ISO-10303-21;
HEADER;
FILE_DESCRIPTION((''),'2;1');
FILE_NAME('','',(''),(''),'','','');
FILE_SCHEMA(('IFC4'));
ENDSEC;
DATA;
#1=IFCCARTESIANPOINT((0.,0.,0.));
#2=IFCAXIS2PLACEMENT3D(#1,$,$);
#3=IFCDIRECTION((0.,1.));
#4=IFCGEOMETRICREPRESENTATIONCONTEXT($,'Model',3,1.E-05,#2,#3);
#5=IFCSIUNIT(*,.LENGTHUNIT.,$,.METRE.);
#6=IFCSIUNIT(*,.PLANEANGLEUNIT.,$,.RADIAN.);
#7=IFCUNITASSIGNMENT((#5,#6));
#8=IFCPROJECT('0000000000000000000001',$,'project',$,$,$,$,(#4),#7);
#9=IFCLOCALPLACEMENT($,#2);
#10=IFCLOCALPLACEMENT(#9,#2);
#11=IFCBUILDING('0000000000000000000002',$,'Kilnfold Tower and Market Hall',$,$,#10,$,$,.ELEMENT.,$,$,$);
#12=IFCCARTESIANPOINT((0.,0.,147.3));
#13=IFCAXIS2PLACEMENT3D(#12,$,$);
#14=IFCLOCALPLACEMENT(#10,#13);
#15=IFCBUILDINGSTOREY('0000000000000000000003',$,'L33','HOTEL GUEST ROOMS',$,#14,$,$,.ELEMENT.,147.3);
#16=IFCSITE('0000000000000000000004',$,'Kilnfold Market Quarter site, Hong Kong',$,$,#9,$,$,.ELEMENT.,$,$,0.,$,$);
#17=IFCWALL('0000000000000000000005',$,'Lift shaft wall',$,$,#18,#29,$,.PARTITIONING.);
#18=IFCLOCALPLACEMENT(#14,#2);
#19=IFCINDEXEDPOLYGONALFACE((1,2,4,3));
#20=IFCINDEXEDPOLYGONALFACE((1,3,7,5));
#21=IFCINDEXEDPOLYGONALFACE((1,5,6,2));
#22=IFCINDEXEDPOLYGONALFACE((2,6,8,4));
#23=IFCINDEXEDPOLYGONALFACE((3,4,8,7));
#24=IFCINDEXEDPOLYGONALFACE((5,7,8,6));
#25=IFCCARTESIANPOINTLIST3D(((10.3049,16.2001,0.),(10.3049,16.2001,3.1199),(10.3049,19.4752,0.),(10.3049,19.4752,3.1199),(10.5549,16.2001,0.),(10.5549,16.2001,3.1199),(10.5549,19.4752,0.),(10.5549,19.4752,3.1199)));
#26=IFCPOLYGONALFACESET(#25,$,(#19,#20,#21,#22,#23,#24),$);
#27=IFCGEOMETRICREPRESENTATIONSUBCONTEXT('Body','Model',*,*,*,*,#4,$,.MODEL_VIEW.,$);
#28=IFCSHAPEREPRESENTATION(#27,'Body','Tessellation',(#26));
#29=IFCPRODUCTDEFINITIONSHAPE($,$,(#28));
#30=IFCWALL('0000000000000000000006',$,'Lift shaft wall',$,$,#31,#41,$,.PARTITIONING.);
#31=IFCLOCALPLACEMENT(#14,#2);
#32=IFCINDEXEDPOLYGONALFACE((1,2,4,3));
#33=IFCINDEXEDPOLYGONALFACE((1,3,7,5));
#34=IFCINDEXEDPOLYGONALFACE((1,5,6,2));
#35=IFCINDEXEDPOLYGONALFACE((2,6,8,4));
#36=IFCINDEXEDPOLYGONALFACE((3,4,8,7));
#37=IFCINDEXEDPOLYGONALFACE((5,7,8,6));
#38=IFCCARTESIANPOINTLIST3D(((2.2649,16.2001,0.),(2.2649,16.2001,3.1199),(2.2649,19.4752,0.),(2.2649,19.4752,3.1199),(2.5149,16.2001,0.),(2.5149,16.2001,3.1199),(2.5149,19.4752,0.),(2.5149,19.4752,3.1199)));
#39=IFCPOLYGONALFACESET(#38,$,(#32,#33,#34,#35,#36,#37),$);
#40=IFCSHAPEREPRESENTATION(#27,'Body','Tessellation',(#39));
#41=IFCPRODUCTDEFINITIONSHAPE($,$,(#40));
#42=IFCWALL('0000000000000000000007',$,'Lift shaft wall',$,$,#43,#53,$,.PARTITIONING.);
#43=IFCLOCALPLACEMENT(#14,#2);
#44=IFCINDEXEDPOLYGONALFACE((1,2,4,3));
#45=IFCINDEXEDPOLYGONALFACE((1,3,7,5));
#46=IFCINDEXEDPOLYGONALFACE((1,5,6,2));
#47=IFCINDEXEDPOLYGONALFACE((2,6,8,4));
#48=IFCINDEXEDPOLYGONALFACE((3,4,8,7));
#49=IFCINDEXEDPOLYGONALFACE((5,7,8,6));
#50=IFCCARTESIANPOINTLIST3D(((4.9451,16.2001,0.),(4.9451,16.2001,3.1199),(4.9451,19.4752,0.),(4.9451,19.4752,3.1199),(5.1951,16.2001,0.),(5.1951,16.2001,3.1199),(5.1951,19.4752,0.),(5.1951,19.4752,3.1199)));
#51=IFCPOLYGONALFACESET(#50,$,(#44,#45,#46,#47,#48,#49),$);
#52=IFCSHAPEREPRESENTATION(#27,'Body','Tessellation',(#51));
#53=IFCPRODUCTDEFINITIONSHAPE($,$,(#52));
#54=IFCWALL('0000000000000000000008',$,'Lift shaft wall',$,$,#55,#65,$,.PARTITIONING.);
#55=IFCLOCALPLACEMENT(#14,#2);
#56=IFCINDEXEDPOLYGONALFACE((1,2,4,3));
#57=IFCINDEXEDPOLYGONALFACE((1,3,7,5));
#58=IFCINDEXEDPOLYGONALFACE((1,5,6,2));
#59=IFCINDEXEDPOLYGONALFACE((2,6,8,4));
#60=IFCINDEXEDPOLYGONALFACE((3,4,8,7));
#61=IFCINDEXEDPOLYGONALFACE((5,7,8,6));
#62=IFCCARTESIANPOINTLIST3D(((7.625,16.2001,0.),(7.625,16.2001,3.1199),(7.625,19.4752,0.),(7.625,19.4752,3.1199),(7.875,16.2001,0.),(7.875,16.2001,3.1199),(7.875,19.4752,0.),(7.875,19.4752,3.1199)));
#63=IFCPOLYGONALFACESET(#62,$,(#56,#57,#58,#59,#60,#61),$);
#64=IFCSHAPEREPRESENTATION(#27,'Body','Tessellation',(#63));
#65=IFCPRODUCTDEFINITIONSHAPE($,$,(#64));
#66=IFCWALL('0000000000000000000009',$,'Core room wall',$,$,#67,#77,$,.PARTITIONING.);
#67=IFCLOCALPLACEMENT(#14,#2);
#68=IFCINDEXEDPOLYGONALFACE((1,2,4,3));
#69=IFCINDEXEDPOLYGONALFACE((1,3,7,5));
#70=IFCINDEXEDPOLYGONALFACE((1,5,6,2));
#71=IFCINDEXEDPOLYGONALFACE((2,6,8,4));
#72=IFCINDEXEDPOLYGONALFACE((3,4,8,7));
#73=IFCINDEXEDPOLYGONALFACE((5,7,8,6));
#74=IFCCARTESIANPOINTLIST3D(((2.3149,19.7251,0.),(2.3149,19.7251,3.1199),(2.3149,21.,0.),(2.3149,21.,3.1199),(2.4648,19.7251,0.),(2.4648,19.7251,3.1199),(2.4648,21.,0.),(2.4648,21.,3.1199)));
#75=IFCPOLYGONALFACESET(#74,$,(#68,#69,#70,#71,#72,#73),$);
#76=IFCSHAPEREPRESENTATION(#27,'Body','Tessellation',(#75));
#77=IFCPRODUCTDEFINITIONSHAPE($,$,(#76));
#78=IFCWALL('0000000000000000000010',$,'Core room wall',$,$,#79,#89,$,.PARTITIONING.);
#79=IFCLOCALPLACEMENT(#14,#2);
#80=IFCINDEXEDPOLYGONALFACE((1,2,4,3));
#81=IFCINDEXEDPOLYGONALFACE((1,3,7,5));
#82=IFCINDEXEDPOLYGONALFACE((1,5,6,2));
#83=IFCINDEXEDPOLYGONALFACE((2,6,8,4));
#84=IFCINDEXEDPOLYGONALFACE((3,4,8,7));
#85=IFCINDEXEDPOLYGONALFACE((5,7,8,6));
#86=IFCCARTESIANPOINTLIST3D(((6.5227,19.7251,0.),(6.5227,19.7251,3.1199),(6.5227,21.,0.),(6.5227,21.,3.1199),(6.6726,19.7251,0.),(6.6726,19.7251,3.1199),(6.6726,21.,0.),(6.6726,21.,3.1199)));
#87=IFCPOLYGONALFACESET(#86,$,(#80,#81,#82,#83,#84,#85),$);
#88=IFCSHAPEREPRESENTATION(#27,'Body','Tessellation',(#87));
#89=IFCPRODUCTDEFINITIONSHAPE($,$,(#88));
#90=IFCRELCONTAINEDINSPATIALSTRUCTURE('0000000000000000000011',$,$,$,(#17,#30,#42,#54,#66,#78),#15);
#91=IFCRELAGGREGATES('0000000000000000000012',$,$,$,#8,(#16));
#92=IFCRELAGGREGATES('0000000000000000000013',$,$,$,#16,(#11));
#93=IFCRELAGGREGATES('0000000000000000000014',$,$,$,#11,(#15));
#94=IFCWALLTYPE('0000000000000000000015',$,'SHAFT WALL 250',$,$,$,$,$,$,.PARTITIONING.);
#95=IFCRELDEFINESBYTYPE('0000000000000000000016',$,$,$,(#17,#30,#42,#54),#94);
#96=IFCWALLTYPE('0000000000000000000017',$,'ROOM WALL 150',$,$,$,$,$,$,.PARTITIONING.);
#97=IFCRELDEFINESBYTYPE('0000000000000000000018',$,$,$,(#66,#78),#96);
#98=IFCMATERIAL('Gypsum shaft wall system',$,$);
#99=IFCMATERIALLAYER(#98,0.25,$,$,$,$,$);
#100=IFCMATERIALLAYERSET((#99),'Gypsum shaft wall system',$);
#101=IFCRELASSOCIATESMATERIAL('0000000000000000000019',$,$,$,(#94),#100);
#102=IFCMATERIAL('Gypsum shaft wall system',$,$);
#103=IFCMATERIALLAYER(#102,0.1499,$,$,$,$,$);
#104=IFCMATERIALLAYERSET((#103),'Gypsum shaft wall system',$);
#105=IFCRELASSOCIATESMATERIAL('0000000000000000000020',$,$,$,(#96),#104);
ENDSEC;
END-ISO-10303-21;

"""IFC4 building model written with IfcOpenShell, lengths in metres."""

from ifc_helpers import new_model, si_unit, direction, frame, frame_2d, origin, place, context, subcontext, project, spatial, rectangle, extrude, source, transform, mapped, material, layer, layer_set, type_object, element, save


model = new_model("IFC4")

# Units and contexts
model_context = context("Model", 3, precision=1e-05, world=origin(), true_north=direction((0.0, 1.0)))
body_context = subcontext(model_context, "Body", "Model", "MODEL_VIEW")
ifc_project = project(units=[si_unit("LENGTHUNIT", "METRE"), si_unit("PLANEANGLEUNIT", "RADIAN")], contexts=[model_context])

# Site, building, storey
site_placement = place(None, origin())
site = spatial("IfcSite", under=ifc_project, at=site_placement, Name="Kilnfold Market Quarter site, Hong Kong", CompositionType="ELEMENT", RefElevation=0.0)
building_placement = place(site_placement, origin())
building = spatial("IfcBuilding", under=site, at=building_placement, Name="Kilnfold Tower and Market Hall", CompositionType="ELEMENT")
storey_placement = place(building_placement, frame((0.0, 0.0, 147.3)))
storey = spatial("IfcBuildingStorey", under=building, at=storey_placement, Name="L33", Description="HOTEL GUEST ROOMS", CompositionType="ELEMENT", Elevation=147.3)

# Walls
ifc_material_1 = material(Name="Gypsum shaft wall system")
ifc_layer_1 = layer(ifc_material_1, 0.25)
ifc_layer_set_1 = layer_set([ifc_layer_1], Name="Gypsum shaft wall system")
wall_type_1 = type_object("IfcWallType", Name="SHAFT WALL 250", PredefinedType="PARTITIONING", material=ifc_layer_set_1)
shared_shape_1 = source(origin(), body_context, "Body", "SweptSolid", [
    extrude(rectangle(XDim=3.2751, YDim=0.25, at=frame_2d((1.6377, 0.0))), origin(), (0.0, 0.0, 1.0), 3.1199),
])
for number, where, z_axis, x_axis, name in (
    (1, (10.4299, 16.2, 0.0), (0.0, 0.0, 1.0), (0.0, 1.0, 0.0), "Lift shaft wall"),
    (2, (2.3899, 16.2, 0.0), (0.0, 0.0, 1.0), (0.0, 1.0, 0.0), "Lift shaft wall"),
    (3, (5.0701, 16.2, 0.0), (0.0, 0.0, 1.0), (0.0, 1.0, 0.0), "Lift shaft wall"),
    (4, (7.75, 16.2, 0.0), (0.0, 0.0, 1.0), (0.0, 1.0, 0.0), "Lift shaft wall"),
):
    element("IfcWall", number, at=place(storey_placement, frame(where, z_axis=z_axis, x_axis=x_axis)), inside=storey, type_object=wall_type_1, Name=name, PredefinedType="PARTITIONING", context=body_context, shape_type="MappedRepresentation", body=[
        mapped(shared_shape_1, transform((0.0, 0.0, 0.0))),
    ])
ifc_material_2 = material(Name="Gypsum shaft wall system")
ifc_layer_2 = layer(ifc_material_2, 0.1499)
ifc_layer_set_2 = layer_set([ifc_layer_2], Name="Gypsum shaft wall system")
wall_type_2 = type_object("IfcWallType", Name="ROOM WALL 150", PredefinedType="PARTITIONING", material=ifc_layer_set_2)
shared_shape_2 = source(origin(), body_context, "Body", "SweptSolid", [
    extrude(rectangle(XDim=1.2749, YDim=0.1499, at=frame_2d((0.6375, 0.0))), origin(), (0.0, 0.0, 1.0), 3.1199),
])
for number, where, z_axis, x_axis, name in (
    (5, (2.3899, 19.7251, 0.0), (0.0, 0.0, 1.0), (0.0, 1.0, 0.0), "Core room wall"),
    (6, (6.5977, 19.7251, 0.0), (0.0, 0.0, 1.0), (0.0, 1.0, 0.0), "Core room wall"),
):
    element("IfcWall", number, at=place(storey_placement, frame(where, z_axis=z_axis, x_axis=x_axis)), inside=storey, type_object=wall_type_2, Name=name, PredefinedType="PARTITIONING", context=body_context, shape_type="MappedRepresentation", body=[
        mapped(shared_shape_2, transform((0.0, 0.0, 0.0))),
    ])

save(model, "model.ifc")
